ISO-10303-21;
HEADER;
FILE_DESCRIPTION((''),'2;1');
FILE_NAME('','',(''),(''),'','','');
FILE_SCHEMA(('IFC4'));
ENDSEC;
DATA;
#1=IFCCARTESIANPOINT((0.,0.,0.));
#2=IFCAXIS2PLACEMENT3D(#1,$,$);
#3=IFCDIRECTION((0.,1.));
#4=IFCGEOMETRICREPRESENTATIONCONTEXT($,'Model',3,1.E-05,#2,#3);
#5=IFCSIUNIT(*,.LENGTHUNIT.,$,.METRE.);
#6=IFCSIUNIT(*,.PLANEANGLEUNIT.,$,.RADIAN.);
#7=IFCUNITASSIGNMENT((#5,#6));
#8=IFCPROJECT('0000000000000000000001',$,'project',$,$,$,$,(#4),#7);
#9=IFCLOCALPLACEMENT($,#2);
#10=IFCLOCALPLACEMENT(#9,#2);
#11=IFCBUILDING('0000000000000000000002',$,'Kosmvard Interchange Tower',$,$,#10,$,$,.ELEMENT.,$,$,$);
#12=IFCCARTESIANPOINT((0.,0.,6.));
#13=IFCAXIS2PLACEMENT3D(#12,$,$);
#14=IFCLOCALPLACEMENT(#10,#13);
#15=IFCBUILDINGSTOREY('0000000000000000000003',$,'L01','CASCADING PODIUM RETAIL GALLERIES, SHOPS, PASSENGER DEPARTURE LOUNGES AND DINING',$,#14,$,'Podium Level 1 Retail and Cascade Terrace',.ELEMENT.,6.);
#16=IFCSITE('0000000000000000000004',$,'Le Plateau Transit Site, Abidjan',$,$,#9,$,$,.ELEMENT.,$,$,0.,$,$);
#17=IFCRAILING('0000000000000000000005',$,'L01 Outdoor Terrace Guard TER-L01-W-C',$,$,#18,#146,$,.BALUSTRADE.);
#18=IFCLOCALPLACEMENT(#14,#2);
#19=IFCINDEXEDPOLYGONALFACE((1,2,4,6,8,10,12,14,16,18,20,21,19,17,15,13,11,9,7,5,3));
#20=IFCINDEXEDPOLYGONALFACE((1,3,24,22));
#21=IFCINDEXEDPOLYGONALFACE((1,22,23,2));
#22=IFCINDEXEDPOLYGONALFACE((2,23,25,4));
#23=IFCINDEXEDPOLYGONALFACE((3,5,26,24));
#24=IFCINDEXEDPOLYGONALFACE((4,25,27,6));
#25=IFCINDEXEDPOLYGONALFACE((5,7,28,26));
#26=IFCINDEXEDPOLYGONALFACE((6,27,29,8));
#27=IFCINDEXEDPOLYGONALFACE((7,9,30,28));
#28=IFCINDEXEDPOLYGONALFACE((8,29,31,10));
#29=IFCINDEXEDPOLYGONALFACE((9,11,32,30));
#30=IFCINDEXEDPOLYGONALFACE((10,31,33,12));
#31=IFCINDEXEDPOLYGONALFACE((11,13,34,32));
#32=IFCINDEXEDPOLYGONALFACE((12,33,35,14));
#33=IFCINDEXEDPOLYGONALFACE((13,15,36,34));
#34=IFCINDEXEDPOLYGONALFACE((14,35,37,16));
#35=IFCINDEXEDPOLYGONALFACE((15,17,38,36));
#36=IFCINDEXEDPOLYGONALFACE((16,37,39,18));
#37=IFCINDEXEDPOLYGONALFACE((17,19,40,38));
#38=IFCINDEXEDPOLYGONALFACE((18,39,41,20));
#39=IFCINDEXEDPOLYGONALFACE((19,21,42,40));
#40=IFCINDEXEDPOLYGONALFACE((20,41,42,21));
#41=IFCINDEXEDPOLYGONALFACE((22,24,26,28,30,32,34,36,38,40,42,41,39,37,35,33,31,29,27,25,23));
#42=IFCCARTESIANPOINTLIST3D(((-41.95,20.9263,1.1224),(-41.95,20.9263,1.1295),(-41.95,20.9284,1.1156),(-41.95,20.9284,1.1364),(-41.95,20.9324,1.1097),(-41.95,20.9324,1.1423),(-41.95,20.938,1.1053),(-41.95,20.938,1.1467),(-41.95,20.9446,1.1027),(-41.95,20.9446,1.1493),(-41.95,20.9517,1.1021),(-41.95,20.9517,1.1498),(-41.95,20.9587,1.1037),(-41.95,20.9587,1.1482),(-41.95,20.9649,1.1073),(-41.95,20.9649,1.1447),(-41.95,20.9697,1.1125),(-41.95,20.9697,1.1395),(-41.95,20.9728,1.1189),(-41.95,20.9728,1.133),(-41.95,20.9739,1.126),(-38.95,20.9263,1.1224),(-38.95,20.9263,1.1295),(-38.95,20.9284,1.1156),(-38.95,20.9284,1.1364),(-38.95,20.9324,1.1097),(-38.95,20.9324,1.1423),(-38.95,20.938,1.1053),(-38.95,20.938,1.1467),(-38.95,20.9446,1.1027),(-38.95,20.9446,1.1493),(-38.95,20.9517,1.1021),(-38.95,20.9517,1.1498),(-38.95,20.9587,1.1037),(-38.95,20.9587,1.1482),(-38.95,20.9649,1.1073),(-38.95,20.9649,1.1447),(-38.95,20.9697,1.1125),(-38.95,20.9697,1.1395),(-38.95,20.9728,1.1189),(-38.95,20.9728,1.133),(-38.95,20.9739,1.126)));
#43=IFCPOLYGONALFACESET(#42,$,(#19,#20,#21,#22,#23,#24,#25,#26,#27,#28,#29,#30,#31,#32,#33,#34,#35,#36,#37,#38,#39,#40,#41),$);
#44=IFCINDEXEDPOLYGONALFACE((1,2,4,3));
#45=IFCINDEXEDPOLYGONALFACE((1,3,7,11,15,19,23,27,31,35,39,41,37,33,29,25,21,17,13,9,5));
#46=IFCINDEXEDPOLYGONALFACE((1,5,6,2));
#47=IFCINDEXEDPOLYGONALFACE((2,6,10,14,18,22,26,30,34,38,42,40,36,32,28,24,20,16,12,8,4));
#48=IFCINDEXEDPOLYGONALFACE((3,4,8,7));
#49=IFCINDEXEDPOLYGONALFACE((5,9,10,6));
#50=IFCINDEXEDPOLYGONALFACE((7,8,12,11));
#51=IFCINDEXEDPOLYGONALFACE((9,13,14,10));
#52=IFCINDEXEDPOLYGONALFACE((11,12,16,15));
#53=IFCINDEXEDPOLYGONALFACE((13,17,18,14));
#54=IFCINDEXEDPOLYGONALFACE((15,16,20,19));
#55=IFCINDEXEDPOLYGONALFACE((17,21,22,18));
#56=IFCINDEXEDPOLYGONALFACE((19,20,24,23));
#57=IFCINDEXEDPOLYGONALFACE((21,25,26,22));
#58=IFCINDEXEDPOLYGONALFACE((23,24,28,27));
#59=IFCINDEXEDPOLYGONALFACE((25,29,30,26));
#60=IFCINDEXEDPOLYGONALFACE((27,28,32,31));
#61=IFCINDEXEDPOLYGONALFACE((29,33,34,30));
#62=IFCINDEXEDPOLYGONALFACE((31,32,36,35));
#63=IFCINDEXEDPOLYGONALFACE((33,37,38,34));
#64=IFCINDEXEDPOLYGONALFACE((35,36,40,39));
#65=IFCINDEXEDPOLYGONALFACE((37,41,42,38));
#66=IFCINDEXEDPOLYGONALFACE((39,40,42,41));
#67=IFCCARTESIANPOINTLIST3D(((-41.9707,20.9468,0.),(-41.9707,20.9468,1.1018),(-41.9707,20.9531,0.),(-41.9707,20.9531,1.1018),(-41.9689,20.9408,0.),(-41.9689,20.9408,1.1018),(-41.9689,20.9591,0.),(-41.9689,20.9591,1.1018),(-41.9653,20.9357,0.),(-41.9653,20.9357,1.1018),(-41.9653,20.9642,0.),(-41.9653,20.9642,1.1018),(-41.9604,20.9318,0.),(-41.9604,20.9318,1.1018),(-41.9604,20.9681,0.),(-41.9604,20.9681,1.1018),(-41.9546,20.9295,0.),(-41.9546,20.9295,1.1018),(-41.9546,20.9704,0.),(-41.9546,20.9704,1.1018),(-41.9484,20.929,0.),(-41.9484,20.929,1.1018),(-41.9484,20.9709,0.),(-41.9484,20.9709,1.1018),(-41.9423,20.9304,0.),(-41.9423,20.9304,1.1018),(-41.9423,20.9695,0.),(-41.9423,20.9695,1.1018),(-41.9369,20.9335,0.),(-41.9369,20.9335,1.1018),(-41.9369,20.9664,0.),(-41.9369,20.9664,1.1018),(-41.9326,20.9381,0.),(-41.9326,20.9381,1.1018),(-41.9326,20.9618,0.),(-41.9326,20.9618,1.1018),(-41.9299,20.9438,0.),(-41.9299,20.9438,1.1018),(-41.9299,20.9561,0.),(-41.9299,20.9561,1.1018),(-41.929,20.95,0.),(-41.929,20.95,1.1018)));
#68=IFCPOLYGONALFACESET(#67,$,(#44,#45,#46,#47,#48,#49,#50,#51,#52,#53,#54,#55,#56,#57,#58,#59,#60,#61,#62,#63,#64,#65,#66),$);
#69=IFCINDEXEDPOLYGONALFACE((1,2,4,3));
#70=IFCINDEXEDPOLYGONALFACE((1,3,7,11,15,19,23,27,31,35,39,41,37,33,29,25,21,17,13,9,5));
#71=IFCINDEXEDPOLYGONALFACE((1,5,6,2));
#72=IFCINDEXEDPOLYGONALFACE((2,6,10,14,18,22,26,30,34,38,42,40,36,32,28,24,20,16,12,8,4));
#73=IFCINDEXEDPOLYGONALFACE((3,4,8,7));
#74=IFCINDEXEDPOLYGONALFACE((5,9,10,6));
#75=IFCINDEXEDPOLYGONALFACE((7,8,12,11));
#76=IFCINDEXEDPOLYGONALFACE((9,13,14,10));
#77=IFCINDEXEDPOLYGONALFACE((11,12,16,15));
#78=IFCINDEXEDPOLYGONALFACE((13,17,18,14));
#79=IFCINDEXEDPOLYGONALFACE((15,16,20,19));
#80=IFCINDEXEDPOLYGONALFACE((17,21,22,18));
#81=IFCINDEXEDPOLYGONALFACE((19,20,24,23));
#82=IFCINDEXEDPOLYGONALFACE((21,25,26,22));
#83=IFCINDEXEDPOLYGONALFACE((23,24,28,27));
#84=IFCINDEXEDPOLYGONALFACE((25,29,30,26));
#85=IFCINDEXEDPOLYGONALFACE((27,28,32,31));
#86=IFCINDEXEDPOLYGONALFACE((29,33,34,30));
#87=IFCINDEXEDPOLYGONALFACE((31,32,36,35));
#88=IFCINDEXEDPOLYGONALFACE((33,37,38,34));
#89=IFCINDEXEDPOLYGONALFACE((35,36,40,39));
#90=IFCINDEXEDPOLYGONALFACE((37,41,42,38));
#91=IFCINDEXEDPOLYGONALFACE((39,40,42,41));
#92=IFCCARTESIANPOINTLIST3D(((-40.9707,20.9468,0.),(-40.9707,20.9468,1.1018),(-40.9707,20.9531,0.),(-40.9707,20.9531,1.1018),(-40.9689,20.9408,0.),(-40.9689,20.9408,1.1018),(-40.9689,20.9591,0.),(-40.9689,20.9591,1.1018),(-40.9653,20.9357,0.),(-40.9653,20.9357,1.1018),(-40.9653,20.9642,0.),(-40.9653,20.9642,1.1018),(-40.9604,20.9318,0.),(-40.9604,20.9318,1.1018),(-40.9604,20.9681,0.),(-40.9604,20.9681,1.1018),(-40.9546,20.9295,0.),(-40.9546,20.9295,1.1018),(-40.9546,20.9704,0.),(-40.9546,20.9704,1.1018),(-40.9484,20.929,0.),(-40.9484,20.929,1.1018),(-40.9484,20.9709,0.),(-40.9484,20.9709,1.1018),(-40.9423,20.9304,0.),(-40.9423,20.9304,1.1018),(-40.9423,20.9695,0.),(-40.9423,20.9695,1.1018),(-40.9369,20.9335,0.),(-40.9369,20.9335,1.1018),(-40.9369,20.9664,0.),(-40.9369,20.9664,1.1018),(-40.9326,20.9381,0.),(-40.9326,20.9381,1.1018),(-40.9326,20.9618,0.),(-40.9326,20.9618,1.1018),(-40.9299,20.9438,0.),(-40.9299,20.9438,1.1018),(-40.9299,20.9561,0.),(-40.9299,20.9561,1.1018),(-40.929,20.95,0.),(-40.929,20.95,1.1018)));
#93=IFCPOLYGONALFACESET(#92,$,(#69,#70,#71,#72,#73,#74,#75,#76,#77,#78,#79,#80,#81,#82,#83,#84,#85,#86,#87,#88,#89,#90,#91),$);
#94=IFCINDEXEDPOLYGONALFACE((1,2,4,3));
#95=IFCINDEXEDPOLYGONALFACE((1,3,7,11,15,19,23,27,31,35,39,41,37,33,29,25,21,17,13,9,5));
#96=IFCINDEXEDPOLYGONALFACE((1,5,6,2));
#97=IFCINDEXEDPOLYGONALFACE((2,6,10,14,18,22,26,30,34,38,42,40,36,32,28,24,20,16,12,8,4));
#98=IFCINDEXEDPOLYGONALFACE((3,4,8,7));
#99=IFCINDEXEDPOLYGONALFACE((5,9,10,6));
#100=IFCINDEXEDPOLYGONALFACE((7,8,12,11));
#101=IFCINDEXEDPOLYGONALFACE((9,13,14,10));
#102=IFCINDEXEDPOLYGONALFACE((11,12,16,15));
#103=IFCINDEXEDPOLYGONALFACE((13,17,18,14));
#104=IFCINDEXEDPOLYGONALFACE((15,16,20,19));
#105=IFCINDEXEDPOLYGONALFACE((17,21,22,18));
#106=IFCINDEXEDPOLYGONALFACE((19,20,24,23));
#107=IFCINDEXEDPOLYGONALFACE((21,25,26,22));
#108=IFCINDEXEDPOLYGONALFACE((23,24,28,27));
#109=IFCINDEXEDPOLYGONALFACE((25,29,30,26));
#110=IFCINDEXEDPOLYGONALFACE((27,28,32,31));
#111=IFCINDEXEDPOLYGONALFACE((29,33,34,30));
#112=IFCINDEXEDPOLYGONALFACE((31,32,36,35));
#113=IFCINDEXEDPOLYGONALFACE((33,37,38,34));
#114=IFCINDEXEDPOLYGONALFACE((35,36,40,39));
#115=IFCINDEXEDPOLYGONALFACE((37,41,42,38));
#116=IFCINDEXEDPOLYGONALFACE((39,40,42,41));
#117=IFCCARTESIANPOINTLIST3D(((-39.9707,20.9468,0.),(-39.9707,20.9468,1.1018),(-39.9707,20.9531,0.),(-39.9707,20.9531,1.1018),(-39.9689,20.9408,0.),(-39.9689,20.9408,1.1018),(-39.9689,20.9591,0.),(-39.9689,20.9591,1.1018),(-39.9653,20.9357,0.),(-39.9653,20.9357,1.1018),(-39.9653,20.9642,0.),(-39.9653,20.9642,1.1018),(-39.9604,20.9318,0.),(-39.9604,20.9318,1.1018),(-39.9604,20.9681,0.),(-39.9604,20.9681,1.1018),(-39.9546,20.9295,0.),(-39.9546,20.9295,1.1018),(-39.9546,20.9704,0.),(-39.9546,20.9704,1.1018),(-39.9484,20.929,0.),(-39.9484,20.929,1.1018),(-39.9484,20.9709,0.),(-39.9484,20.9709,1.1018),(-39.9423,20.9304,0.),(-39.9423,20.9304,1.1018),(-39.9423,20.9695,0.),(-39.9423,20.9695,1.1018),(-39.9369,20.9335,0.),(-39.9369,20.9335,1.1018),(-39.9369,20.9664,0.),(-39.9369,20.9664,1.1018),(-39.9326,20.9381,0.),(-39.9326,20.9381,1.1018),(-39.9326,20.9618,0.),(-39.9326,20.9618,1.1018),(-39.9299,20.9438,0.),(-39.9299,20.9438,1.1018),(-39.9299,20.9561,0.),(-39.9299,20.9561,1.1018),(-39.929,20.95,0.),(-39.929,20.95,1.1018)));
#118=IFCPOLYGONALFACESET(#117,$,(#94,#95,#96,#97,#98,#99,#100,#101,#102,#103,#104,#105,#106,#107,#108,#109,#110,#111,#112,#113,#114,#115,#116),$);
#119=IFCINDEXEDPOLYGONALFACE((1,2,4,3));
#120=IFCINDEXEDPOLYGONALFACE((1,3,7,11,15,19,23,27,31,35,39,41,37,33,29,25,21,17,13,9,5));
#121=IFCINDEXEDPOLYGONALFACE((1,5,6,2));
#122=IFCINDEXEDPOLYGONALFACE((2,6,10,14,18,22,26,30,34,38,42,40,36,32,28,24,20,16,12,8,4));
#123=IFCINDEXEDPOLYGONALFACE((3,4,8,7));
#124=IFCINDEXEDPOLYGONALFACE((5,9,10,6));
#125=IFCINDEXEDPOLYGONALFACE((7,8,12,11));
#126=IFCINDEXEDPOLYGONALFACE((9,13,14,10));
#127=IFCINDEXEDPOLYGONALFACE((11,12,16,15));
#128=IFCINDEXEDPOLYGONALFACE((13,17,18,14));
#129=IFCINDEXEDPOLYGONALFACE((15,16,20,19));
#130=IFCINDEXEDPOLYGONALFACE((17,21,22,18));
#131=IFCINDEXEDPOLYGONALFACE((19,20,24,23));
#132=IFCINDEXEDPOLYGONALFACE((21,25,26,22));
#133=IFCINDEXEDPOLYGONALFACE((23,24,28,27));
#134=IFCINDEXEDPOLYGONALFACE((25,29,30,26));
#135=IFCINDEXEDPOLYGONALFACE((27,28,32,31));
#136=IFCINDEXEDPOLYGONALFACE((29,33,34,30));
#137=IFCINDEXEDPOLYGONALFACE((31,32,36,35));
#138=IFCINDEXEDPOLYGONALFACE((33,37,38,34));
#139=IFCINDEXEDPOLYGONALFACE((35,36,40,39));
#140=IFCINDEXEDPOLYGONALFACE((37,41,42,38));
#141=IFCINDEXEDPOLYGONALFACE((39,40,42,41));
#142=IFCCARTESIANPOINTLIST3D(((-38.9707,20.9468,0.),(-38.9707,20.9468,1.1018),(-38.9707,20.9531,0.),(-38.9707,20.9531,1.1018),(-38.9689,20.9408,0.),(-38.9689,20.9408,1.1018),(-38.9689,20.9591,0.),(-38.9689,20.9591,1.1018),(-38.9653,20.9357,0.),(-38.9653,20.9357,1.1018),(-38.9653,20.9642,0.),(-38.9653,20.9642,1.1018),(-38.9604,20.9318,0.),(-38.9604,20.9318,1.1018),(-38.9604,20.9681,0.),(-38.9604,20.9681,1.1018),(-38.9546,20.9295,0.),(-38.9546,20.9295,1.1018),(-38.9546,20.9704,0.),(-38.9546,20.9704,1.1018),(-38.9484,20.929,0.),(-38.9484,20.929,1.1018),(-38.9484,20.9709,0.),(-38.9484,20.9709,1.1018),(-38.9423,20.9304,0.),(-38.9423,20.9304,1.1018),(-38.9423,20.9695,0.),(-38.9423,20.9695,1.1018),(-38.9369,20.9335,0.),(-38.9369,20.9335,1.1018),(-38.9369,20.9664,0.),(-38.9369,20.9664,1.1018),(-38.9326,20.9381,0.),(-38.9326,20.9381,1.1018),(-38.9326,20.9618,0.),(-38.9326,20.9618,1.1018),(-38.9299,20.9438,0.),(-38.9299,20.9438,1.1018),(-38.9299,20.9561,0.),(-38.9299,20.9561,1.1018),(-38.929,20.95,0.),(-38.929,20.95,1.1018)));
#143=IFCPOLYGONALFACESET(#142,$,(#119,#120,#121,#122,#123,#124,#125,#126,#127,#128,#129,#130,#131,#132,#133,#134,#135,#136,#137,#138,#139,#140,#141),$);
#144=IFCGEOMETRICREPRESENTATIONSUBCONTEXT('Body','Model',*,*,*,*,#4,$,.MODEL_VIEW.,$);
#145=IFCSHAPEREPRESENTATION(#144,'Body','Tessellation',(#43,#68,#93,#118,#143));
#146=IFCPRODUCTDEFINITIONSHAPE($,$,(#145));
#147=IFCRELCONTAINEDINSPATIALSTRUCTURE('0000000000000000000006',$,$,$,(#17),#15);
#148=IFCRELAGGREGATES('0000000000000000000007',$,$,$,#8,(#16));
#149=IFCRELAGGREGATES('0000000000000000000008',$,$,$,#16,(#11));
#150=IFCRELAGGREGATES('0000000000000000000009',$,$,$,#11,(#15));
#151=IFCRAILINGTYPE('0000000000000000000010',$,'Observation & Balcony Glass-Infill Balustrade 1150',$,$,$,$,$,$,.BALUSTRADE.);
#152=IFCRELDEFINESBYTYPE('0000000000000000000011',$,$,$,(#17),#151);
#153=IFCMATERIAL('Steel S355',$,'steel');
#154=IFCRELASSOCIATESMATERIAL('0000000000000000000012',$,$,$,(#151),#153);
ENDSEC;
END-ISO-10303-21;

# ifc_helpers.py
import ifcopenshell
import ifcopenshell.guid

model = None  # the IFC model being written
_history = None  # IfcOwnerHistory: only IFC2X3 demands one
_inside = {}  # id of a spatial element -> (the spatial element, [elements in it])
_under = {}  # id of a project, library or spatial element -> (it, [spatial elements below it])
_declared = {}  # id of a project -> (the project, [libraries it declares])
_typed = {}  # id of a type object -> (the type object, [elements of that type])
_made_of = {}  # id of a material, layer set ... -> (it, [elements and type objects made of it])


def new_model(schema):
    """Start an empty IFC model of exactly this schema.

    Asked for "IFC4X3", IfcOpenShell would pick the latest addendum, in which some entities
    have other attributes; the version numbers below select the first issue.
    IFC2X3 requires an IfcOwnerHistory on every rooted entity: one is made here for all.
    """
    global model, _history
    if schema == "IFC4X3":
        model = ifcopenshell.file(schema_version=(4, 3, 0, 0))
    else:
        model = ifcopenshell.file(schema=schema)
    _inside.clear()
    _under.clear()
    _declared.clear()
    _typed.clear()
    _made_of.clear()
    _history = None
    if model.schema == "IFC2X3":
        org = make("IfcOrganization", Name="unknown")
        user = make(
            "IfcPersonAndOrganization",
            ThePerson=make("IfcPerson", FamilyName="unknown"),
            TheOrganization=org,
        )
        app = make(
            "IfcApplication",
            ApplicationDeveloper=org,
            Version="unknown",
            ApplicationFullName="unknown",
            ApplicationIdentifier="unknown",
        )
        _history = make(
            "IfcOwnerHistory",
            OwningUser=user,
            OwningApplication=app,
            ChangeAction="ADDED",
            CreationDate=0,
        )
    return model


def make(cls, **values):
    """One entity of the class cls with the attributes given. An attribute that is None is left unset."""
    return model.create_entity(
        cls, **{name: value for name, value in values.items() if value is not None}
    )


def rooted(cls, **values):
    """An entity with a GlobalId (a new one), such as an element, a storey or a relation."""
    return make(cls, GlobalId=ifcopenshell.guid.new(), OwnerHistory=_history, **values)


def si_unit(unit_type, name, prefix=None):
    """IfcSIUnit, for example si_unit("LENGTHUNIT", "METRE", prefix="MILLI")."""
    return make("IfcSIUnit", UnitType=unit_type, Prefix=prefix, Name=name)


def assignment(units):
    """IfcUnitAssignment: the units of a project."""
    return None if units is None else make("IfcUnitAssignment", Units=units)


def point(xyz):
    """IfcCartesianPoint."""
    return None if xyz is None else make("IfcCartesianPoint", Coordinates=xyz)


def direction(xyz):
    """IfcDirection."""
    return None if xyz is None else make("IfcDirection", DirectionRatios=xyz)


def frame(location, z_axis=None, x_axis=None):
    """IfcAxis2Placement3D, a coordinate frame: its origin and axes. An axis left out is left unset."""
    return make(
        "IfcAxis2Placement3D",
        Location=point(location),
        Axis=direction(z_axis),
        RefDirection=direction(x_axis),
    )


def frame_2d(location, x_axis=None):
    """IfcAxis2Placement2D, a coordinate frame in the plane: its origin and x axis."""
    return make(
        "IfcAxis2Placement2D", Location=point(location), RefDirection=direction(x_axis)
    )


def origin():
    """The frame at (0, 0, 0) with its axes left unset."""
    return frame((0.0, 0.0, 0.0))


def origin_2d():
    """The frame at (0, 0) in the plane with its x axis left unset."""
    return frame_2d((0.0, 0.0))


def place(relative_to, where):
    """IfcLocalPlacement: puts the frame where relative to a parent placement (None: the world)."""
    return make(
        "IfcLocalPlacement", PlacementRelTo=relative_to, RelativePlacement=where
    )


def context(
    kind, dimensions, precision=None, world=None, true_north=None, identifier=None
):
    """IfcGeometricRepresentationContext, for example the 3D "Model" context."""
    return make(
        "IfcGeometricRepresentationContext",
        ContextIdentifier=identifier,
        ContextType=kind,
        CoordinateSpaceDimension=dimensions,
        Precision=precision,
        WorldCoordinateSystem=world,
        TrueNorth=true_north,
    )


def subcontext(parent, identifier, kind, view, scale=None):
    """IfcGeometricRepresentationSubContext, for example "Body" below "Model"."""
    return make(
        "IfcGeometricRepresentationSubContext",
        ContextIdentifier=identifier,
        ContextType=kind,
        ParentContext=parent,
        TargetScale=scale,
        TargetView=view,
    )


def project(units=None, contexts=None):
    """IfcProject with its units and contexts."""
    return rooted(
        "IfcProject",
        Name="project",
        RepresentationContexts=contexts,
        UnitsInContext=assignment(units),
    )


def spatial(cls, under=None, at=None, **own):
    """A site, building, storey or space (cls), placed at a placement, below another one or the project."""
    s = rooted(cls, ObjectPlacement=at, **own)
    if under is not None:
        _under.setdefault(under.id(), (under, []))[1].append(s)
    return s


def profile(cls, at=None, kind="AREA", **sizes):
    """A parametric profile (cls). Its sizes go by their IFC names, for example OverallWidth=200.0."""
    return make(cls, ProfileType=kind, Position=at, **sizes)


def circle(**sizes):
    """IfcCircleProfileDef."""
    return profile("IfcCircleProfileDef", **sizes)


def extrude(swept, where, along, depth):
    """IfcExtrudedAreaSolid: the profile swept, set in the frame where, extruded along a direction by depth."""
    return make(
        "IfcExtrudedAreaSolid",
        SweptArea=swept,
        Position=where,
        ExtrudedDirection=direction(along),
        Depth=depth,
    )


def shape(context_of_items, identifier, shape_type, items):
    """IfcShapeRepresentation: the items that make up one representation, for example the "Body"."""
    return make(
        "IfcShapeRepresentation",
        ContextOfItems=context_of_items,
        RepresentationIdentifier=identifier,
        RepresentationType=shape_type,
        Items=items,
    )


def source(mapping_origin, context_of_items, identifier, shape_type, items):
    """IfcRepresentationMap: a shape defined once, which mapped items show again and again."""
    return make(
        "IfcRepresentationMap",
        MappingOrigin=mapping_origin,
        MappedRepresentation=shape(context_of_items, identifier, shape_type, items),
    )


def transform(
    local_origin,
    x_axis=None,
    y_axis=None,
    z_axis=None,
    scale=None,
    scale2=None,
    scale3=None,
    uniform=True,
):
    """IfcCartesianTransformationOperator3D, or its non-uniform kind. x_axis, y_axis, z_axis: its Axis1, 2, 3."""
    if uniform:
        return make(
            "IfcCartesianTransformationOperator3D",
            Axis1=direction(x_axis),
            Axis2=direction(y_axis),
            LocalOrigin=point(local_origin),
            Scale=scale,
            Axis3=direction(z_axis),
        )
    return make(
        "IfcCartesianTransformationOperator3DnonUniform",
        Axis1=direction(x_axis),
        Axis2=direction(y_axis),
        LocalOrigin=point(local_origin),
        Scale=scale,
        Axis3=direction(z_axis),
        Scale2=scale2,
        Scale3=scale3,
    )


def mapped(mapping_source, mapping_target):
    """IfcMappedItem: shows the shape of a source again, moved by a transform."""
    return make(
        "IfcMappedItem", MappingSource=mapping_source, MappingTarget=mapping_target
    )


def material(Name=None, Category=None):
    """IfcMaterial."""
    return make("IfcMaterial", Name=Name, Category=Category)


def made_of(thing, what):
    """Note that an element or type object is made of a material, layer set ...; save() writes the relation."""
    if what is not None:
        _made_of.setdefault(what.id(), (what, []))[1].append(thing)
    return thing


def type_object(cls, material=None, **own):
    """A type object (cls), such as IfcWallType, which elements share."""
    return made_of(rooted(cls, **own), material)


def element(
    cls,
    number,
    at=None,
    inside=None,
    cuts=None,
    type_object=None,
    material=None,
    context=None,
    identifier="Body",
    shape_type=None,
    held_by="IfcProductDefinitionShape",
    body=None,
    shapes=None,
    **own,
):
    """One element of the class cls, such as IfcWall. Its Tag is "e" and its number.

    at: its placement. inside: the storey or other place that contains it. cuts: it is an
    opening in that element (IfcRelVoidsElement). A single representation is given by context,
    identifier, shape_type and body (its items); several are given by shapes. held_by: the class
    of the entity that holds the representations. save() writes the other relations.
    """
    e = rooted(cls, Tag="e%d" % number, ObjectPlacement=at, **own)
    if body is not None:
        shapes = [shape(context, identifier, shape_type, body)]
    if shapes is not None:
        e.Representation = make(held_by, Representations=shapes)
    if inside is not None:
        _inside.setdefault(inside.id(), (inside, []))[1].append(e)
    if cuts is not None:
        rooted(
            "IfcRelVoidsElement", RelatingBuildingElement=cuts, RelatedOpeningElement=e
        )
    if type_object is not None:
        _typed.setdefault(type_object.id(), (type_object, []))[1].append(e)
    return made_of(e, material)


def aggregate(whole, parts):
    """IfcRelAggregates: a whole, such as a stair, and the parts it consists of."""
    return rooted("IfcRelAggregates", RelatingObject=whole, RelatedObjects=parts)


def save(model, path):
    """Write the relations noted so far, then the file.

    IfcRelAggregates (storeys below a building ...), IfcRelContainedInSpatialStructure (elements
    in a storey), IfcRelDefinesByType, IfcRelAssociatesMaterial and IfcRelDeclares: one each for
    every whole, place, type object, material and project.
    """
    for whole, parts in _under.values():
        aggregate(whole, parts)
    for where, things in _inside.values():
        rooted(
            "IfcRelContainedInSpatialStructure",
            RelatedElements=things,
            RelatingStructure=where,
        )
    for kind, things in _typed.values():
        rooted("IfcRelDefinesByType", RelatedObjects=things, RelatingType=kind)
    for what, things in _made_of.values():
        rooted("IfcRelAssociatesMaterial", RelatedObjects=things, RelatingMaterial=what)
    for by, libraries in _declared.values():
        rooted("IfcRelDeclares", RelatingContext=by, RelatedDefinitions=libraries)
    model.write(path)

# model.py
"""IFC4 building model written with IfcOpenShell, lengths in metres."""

from ifc_helpers import new_model, si_unit, direction, frame, origin, origin_2d, place, context, subcontext, project, spatial, circle, extrude, source, transform, mapped, material, type_object, element, save


model = new_model("IFC4")

# Units and contexts
model_context = context("Model", 3, precision=1e-05, world=origin(), true_north=direction((0.0, 1.0)))
body_context = subcontext(model_context, "Body", "Model", "MODEL_VIEW")
ifc_project = project(units=[si_unit("LENGTHUNIT", "METRE"), si_unit("PLANEANGLEUNIT", "RADIAN")], contexts=[model_context])

# Site, building, storey
site_placement = place(None, origin())
site = spatial("IfcSite", under=ifc_project, at=site_placement, Name="Le Plateau Transit Site, Abidjan", CompositionType="ELEMENT", RefElevation=0.0)
building_placement = place(site_placement, origin())
building = spatial("IfcBuilding", under=site, at=building_placement, Name="Kosmvard Interchange Tower", CompositionType="ELEMENT")
storey_placement = place(building_placement, frame((0.0, 0.0, 6.0)))
storey = spatial("IfcBuildingStorey", under=building, at=storey_placement, Name="L01", Description="CASCADING PODIUM RETAIL GALLERIES, SHOPS, PASSENGER DEPARTURE LOUNGES AND DINING", LongName="Podium Level 1 Retail and Cascade Terrace", CompositionType="ELEMENT", Elevation=6.0)

# Shared definitions
ifc_material_1 = material(Name="Steel S355", Category="steel")

# Railing
railing_type = type_object("IfcRailingType", Name="Observation & Balcony Glass-Infill Balustrade 1150", PredefinedType="BALUSTRADE", material=ifc_material_1)
shared_shape_1 = source(origin(), body_context, "Body", "SweptSolid", [
    extrude(circle(Radius=0.0239, at=origin_2d()), frame((0.0, 0.0, 1.126), z_axis=(1.0, 0.0, 0.0), x_axis=(0.0, 1.0, 0.0)), (0.0, 0.0, 1.0), 3.0),
    extrude(circle(Radius=0.021, at=origin_2d()), origin(), (0.0, 0.0, 1.0), 1.1018),
    extrude(circle(Radius=0.021, at=origin_2d()), frame((1.0, 0.0, 0.0)), (0.0, 0.0, 1.0), 1.1018),
    extrude(circle(Radius=0.021, at=origin_2d()), frame((2.0, 0.0, 0.0)), (0.0, 0.0, 1.0), 1.1018),
    extrude(circle(Radius=0.021, at=origin_2d()), frame((3.0, 0.0, 0.0)), (0.0, 0.0, 1.0), 1.1018),
])
railing_placement = place(storey_placement, frame((-41.95, 20.95, 0.0)))
element("IfcRailing", 1, at=railing_placement, inside=storey, type_object=railing_type, Name="L01 Outdoor Terrace Guard TER-L01-W-C", PredefinedType="BALUSTRADE", context=body_context, shape_type="MappedRepresentation", body=[
    mapped(shared_shape_1, transform((0.0, 0.0, 0.0), scale=1.0)),
])

save(model, "model.ifc")
